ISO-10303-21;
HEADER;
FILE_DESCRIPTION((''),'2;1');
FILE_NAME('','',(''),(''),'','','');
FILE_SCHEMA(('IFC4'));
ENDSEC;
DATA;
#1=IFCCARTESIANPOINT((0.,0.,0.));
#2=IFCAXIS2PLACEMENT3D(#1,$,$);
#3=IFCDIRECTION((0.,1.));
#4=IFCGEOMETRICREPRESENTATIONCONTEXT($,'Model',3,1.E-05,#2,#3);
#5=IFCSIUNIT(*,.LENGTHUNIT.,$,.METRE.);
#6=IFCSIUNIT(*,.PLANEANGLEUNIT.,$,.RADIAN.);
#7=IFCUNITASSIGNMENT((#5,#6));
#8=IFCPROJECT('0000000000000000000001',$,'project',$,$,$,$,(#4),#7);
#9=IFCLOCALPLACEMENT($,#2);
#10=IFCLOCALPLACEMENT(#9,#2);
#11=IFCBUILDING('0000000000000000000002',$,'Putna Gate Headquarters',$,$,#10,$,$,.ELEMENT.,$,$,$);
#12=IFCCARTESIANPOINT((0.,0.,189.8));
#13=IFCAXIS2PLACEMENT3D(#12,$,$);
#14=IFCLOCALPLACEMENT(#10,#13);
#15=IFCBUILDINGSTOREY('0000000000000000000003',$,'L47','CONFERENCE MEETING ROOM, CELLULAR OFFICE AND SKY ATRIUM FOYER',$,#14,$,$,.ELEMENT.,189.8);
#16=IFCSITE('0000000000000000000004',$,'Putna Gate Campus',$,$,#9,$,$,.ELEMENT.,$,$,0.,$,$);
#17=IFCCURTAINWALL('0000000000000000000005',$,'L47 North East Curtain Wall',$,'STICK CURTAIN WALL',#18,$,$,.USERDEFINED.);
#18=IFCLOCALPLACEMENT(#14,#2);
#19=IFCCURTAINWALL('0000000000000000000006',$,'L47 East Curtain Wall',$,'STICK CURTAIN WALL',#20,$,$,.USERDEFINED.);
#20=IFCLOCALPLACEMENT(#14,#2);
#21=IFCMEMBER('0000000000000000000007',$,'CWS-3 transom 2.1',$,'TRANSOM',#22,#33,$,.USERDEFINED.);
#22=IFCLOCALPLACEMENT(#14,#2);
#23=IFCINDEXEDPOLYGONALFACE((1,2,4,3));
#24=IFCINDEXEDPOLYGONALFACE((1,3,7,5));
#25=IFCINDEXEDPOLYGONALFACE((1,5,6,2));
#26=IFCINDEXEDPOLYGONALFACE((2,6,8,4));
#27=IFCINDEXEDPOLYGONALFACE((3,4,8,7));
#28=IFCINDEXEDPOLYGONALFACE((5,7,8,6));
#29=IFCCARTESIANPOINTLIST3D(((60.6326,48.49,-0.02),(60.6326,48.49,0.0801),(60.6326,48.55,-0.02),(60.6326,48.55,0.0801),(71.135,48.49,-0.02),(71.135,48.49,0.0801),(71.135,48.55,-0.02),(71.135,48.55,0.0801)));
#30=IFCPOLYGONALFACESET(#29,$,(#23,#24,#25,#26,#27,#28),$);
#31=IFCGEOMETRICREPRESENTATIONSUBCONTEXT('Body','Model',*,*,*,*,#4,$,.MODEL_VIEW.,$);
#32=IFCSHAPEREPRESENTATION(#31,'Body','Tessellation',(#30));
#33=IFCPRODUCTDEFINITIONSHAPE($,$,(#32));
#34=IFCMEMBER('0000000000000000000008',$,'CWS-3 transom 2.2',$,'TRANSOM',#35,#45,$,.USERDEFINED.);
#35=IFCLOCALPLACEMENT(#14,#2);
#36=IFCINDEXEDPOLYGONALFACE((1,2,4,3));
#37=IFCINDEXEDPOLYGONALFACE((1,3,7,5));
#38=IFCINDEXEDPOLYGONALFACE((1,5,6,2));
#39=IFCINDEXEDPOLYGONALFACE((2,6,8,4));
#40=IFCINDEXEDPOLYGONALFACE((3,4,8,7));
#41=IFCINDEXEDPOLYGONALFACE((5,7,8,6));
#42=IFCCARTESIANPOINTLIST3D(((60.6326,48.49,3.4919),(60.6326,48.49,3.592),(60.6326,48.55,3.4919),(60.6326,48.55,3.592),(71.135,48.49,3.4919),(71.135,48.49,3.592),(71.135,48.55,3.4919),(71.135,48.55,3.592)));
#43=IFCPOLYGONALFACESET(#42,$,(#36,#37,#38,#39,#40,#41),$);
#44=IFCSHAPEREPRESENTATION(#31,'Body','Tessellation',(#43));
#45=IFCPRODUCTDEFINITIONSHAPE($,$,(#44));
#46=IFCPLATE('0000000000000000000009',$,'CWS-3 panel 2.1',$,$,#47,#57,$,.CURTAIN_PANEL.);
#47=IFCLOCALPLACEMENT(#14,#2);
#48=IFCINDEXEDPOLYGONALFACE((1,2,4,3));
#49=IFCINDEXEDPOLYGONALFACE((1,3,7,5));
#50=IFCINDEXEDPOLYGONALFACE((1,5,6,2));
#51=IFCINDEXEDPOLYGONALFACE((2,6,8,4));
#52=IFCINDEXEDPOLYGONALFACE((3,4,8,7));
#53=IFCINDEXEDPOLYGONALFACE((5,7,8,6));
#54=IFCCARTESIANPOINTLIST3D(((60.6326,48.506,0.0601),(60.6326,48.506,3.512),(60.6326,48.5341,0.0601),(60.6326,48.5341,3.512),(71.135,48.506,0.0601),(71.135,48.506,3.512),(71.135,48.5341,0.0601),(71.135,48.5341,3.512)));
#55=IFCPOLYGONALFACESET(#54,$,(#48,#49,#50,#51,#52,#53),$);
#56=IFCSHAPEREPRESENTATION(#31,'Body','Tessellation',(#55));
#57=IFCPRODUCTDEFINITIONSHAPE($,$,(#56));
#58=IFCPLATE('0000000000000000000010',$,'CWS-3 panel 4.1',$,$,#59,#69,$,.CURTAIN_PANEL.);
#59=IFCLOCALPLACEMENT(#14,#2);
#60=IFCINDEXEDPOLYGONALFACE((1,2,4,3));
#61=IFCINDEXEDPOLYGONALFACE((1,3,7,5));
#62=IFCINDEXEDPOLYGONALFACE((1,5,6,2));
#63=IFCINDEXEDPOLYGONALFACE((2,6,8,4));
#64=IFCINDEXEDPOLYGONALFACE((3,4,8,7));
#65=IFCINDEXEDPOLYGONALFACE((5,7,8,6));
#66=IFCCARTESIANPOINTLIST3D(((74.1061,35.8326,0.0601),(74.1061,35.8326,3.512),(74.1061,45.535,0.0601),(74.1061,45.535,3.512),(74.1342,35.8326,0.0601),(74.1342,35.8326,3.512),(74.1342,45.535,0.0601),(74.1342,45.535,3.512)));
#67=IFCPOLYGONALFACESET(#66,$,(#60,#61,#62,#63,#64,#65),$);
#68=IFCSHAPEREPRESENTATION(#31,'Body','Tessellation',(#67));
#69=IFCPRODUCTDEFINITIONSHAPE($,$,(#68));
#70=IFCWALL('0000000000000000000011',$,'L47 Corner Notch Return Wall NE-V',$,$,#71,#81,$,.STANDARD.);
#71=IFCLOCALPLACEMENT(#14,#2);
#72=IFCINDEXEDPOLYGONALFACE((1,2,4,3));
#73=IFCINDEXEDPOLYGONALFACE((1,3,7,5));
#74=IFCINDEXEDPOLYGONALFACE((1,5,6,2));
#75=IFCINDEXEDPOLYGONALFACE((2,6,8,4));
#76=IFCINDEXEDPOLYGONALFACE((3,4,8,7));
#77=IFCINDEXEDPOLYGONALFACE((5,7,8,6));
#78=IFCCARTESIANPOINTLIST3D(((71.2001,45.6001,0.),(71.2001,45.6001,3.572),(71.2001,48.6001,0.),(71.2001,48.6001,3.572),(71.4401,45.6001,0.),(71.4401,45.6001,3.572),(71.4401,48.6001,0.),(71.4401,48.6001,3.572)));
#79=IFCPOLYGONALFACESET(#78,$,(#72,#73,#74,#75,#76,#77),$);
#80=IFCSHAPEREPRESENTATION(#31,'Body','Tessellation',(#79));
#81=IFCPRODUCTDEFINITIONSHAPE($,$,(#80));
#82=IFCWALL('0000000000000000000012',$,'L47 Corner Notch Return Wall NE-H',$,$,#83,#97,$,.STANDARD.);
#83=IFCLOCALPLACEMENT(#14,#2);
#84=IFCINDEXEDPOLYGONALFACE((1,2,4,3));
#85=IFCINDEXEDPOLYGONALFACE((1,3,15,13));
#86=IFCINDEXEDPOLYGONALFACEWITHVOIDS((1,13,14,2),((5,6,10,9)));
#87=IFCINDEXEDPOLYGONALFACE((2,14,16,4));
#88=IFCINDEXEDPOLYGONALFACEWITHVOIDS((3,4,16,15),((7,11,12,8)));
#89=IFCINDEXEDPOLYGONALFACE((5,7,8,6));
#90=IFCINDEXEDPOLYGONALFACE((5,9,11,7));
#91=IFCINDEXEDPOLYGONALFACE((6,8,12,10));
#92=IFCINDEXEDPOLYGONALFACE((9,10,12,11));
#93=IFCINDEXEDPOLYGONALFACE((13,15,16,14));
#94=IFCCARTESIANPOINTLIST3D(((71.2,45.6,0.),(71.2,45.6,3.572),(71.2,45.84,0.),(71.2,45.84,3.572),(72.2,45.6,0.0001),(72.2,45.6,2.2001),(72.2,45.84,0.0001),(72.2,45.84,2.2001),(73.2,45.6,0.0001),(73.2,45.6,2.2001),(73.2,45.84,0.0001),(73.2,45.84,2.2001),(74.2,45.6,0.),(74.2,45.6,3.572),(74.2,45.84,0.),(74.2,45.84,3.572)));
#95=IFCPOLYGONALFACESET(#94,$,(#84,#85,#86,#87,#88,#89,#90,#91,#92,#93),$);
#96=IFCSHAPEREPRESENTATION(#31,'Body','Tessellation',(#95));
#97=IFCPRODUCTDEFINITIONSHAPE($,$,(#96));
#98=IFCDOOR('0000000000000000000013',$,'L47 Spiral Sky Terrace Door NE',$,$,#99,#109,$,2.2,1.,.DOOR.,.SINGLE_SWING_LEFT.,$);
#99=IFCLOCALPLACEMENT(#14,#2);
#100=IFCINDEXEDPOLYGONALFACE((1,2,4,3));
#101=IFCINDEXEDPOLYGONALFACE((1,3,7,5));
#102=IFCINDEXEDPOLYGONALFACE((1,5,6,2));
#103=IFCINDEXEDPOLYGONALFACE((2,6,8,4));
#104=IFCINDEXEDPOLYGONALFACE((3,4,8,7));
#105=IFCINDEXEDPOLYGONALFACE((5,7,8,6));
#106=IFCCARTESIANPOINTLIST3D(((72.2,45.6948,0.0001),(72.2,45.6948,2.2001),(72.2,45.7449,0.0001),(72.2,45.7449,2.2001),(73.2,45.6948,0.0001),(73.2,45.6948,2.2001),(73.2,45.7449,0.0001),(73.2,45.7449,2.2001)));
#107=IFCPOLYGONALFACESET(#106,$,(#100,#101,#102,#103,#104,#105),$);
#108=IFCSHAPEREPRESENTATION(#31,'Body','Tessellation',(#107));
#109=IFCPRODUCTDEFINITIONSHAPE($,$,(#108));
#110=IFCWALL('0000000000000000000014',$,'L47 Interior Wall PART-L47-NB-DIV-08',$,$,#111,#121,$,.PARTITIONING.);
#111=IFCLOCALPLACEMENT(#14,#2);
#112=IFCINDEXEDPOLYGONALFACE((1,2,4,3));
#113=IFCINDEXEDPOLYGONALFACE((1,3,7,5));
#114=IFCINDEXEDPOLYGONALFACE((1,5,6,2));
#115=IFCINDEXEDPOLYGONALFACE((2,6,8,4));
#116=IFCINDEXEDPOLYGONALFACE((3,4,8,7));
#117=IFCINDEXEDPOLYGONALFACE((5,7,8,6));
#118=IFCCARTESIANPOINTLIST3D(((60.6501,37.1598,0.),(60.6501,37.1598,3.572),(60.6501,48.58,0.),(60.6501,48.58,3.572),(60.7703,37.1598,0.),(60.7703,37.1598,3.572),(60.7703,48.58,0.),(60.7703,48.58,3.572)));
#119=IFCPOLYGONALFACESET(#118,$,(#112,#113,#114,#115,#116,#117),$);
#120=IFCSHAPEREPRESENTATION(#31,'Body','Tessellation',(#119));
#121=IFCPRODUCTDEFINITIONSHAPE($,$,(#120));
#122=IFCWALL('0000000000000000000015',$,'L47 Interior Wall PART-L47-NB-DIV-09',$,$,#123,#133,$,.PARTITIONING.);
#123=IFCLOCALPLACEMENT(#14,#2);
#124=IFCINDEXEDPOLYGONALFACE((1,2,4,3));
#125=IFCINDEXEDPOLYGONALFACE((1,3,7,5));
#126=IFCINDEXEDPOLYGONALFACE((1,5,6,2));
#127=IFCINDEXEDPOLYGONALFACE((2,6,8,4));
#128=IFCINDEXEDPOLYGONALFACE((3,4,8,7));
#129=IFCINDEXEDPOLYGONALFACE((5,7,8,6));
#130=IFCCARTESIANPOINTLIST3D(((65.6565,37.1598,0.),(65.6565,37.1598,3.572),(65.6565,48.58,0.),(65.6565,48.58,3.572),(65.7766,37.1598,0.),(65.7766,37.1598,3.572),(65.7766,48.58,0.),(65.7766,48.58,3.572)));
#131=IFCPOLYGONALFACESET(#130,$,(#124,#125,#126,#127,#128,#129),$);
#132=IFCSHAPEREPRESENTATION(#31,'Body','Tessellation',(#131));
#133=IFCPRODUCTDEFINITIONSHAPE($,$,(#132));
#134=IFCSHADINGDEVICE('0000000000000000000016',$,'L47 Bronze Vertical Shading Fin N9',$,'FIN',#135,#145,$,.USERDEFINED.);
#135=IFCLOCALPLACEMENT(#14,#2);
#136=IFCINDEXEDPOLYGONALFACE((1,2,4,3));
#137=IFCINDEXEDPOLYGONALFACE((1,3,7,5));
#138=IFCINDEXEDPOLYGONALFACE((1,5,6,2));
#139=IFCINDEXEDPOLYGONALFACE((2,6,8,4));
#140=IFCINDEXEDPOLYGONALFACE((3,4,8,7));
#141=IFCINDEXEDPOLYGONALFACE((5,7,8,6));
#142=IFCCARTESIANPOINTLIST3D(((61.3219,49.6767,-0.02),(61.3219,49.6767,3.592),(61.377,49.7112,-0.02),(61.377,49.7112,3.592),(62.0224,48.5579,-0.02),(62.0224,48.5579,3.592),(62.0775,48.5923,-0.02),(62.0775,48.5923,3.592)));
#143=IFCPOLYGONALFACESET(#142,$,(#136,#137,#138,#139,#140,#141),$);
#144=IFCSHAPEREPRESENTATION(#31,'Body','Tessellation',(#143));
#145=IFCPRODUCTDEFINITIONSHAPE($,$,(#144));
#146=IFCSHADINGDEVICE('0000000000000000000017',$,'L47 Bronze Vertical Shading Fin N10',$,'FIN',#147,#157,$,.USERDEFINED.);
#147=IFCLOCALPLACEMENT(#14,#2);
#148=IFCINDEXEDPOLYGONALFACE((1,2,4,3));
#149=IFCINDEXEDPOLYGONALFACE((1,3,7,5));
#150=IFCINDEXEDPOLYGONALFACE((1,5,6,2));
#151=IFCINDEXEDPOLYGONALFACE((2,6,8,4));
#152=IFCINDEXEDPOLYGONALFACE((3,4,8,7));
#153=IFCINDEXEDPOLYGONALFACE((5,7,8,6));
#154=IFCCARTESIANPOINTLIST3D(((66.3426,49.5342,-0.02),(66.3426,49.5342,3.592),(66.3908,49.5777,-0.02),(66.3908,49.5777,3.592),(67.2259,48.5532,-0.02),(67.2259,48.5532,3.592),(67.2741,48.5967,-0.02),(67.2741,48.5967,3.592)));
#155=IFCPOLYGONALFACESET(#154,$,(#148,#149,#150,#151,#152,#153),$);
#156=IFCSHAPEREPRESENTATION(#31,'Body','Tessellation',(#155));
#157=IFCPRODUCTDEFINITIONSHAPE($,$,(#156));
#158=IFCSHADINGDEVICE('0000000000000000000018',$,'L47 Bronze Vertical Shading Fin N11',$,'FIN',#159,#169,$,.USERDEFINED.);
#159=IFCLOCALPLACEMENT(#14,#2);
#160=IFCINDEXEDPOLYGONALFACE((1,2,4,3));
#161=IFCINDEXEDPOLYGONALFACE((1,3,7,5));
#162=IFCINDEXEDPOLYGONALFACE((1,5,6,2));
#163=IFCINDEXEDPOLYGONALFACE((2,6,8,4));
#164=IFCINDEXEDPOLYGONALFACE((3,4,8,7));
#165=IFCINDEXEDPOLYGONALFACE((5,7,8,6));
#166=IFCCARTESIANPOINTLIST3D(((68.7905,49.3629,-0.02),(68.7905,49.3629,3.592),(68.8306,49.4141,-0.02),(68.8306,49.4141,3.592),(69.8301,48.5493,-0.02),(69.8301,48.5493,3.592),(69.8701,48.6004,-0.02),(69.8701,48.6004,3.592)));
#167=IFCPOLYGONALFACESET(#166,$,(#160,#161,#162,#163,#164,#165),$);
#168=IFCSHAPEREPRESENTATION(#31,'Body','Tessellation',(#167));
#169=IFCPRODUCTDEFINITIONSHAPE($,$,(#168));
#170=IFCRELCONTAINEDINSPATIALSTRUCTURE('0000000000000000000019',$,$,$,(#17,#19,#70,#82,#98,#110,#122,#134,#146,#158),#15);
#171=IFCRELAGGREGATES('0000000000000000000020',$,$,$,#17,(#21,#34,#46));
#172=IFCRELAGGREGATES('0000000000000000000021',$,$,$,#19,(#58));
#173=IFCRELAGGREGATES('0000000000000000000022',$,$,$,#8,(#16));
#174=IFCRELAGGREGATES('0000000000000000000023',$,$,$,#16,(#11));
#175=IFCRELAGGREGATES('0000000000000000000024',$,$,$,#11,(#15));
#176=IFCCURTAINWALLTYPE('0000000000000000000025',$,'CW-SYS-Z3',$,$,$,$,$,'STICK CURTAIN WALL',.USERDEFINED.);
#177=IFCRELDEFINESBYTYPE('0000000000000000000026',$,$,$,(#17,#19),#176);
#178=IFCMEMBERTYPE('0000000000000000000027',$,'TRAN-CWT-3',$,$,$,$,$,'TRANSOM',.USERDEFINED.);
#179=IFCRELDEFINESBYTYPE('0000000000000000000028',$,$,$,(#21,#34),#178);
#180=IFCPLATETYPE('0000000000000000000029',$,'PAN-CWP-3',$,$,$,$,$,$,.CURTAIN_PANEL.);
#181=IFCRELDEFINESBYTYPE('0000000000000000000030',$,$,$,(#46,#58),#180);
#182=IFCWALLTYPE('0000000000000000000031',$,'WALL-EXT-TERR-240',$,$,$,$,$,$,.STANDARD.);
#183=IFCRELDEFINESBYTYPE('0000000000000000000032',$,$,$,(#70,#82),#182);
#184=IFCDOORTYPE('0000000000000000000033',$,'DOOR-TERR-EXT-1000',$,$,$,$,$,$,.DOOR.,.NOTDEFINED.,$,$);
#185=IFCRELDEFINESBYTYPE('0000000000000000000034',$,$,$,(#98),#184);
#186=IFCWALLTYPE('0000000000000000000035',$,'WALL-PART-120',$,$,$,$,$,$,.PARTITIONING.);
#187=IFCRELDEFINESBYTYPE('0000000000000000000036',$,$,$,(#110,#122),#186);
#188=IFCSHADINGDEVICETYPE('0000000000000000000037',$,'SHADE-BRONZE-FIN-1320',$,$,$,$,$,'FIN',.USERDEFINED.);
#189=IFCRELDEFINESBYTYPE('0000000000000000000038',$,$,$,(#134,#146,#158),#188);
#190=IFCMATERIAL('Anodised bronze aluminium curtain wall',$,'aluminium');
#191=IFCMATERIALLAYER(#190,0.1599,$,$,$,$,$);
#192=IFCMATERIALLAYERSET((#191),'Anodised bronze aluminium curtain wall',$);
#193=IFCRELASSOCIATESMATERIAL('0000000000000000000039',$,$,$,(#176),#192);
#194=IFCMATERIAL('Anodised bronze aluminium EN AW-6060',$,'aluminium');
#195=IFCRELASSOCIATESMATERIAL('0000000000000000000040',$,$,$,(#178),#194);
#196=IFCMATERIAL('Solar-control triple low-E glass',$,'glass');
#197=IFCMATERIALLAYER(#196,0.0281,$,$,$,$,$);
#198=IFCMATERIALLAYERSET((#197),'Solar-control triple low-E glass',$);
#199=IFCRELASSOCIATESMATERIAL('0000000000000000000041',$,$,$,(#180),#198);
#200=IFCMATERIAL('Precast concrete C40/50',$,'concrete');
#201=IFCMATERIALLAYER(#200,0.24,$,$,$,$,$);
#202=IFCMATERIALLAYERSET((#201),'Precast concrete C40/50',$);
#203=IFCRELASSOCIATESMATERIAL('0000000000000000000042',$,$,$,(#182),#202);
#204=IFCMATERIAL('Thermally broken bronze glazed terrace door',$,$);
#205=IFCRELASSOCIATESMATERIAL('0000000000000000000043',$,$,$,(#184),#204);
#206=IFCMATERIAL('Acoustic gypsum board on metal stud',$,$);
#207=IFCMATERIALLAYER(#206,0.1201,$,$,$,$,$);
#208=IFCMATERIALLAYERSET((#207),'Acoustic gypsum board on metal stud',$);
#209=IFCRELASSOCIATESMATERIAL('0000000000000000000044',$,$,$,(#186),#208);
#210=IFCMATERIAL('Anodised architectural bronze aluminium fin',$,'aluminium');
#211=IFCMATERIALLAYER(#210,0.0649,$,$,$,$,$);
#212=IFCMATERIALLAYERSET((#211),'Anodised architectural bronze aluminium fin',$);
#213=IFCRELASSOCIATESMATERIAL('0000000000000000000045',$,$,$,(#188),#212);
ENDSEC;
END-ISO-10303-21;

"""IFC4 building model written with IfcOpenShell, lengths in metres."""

from ifc_helpers import new_model, si_unit, direction, frame, frame_2d, origin, origin_2d, place, context, subcontext, project, spatial, rectangle, extrude, material, layer, layer_set, material_profile, profile_set, type_object, element, fill, aggregate, save


model = new_model("IFC4")

# Units and contexts
model_context = context("Model", 3, precision=1e-05, world=origin(), true_north=direction((0.0, 1.0)))
body_context = subcontext(model_context, "Body", "Model", "MODEL_VIEW")
ifc_project = project(units=[si_unit("LENGTHUNIT", "METRE"), si_unit("PLANEANGLEUNIT", "RADIAN")], contexts=[model_context])

# Site, building, storey
site_placement = place(None, origin())
site = spatial("IfcSite", under=ifc_project, at=site_placement, Name="Putna Gate Campus", CompositionType="ELEMENT", RefElevation=0.0)
building_placement = place(site_placement, origin())
building = spatial("IfcBuilding", under=site, at=building_placement, Name="Putna Gate Headquarters", CompositionType="ELEMENT")
storey_placement = place(building_placement, frame((0.0, 0.0, 189.8)))
storey = spatial("IfcBuildingStorey", under=building, at=storey_placement, Name="L47", Description="CONFERENCE MEETING ROOM, CELLULAR OFFICE AND SKY ATRIUM FOYER", CompositionType="ELEMENT", Elevation=189.8)

# Curtain wall
ifc_material_1 = material(Name="Anodised bronze aluminium curtain wall", Category="aluminium")
ifc_layer_1 = layer(ifc_material_1, 0.1599)
ifc_layer_set_1 = layer_set([ifc_layer_1], Name="Anodised bronze aluminium curtain wall")
curtain_wall_type = type_object("IfcCurtainWallType", Name="CW-SYS-Z3", ElementType="STICK CURTAIN WALL", PredefinedType="USERDEFINED", material=ifc_layer_set_1)
curtain_wall_1_placement = place(storey_placement, origin())
curtain_wall_1 = element("IfcCurtainWall", 1, at=curtain_wall_1_placement, inside=storey, type_object=curtain_wall_type, Name="L47 North East Curtain Wall", ObjectType="STICK CURTAIN WALL", PredefinedType="USERDEFINED")
ifc_material_2 = material(Name="Anodised bronze aluminium EN AW-6060", Category="aluminium")

# Curtain wall
curtain_wall_2_placement = place(storey_placement, origin())
curtain_wall_2 = element("IfcCurtainWall", 2, at=curtain_wall_2_placement, inside=storey, type_object=curtain_wall_type, Name="L47 East Curtain Wall", ObjectType="STICK CURTAIN WALL", PredefinedType="USERDEFINED")

# Members
ifc_material_profile_1 = material_profile(ifc_material_2, rectangle(XDim=0.0601, YDim=0.1001, at=origin_2d()), Name="Anodised bronze aluminium EN AW-6060")
ifc_profile_set_1 = profile_set([ifc_material_profile_1], Name="Anodised bronze aluminium EN AW-6060")
member_type_1 = type_object("IfcMemberType", Name="TRAN-CWT-3", ElementType="TRANSOM", PredefinedType="USERDEFINED", material=ifc_profile_set_1)
member_1_placement = place(storey_placement, frame((60.6326, 48.52, 0.03), z_axis=(1.0, 0.0, 0.0), x_axis=(0.0, 1.0, 0.0)))
member_1 = element("IfcMember", 3, at=member_1_placement, type_object=member_type_1, Name="CWS-3 transom 2.1", ObjectType="TRANSOM", PredefinedType="USERDEFINED", context=body_context, shape_type="SweptSolid", body=[
    extrude(rectangle(XDim=0.0601, YDim=0.1001, at=origin_2d()), origin(), (0.0, 0.0, 1.0), 10.5024),
])
member_2_placement = place(storey_placement, frame((60.6326, 48.52, 3.542), z_axis=(1.0, 0.0, 0.0), x_axis=(0.0, 1.0, 0.0)))
member_2 = element("IfcMember", 4, at=member_2_placement, type_object=member_type_1, Name="CWS-3 transom 2.2", ObjectType="TRANSOM", PredefinedType="USERDEFINED", context=body_context, shape_type="SweptSolid", body=[
    extrude(rectangle(XDim=0.0601, YDim=0.1001, at=origin_2d()), origin(), (0.0, 0.0, 1.0), 10.5024),
])

# Plates
ifc_material_3 = material(Name="Solar-control triple low-E glass", Category="glass")
ifc_layer_2 = layer(ifc_material_3, 0.0281)
ifc_layer_set_2 = layer_set([ifc_layer_2], Name="Solar-control triple low-E glass")
plate_type = type_object("IfcPlateType", Name="PAN-CWP-3", PredefinedType="CURTAIN_PANEL", material=ifc_layer_set_2)
plate_1_placement = place(storey_placement, frame((65.8838, 48.52, 0.0601), z_axis=(0.0, 0.0, 1.0), x_axis=(1.0, 0.0, 0.0)))
plate_1 = element("IfcPlate", 5, at=plate_1_placement, type_object=plate_type, Name="CWS-3 panel 2.1", PredefinedType="CURTAIN_PANEL", context=body_context, shape_type="SweptSolid", body=[
    extrude(rectangle(XDim=10.5024, YDim=0.0281, at=origin_2d()), origin(), (0.0, 0.0, 1.0), 3.4519),
])
aggregate(curtain_wall_1, [member_1, member_2, plate_1])
plate_2_placement = place(storey_placement, frame((74.1201, 40.6838, 0.0601), z_axis=(0.0, 0.0, 1.0), x_axis=(0.0, 1.0, 0.0)))
plate_2 = element("IfcPlate", 6, at=plate_2_placement, type_object=plate_type, Name="CWS-3 panel 4.1", PredefinedType="CURTAIN_PANEL", context=body_context, shape_type="SweptSolid", body=[
    extrude(rectangle(XDim=9.7024, YDim=0.0281, at=origin_2d()), origin(), (0.0, 0.0, 1.0), 3.4519),
])
aggregate(curtain_wall_2, [plate_2])

# Wall
ifc_material_4 = material(Name="Precast concrete C40/50", Category="concrete")
ifc_layer_3 = layer(ifc_material_4, 0.24)
ifc_layer_set_3 = layer_set([ifc_layer_3], Name="Precast concrete C40/50")
wall_type_1 = type_object("IfcWallType", Name="WALL-EXT-TERR-240", PredefinedType="STANDARD", material=ifc_layer_set_3)
wall_1_placement = place(storey_placement, frame((71.3201, 48.6001, 0.0), z_axis=(0.0, 0.0, 1.0), x_axis=(0.0, -1.0, 0.0)))
element("IfcWall", 7, at=wall_1_placement, inside=storey, type_object=wall_type_1, Name="L47 Corner Notch Return Wall NE-V", PredefinedType="STANDARD", context=body_context, shape_type="SweptSolid", body=[
    extrude(rectangle(XDim=3.0, YDim=0.24, at=frame_2d((1.5, 0.0))), origin(), (0.0, 0.0, 1.0), 3.572),
])

# Wall, opening, door
wall_2_placement = place(storey_placement, frame((71.2, 45.72, 0.0), z_axis=(0.0, 0.0, 1.0), x_axis=(1.0, 0.0, 0.0)))
wall_2 = element("IfcWall", 8, at=wall_2_placement, inside=storey, type_object=wall_type_1, Name="L47 Corner Notch Return Wall NE-H", PredefinedType="STANDARD", context=body_context, shape_type="SweptSolid", body=[
    extrude(rectangle(XDim=3.0, YDim=0.24, at=frame_2d((1.5, 0.0))), origin(), (0.0, 0.0, 1.0), 3.572),
])
opening_placement = place(wall_2_placement, frame((1.0, 0.0, 0.0)))
opening = element("IfcOpeningElement", 9, at=opening_placement, cuts=wall_2, PredefinedType="OPENING", context=body_context, shape_type="SweptSolid", body=[
    extrude(rectangle(XDim=1.0, YDim=2.2, at=frame_2d((0.5, 1.1001))), frame((0.0, 0.1299, 0.0), z_axis=(0.0, -1.0, 0.0), x_axis=(1.0, 0.0, 0.0)), (0.0, 0.0, 1.0), 0.26),
])
ifc_material_5 = material(Name="Thermally broken bronze glazed terrace door")
door_type = type_object("IfcDoorType", Name="DOOR-TERR-EXT-1000", OperationType="NOTDEFINED", PredefinedType="DOOR", material=ifc_material_5)
door_placement = place(opening_placement, origin())
door = element("IfcDoor", 10, at=door_placement, inside=storey, type_object=door_type, Name="L47 Spiral Sky Terrace Door NE", OperationType="SINGLE_SWING_LEFT", OverallHeight=2.2, OverallWidth=1.0, PredefinedType="DOOR", context=body_context, shape_type="SweptSolid", body=[
    extrude(rectangle(XDim=1.0, YDim=2.2, at=frame_2d((0.5, 1.1001))), frame((0.0, 0.0249, 0.0), z_axis=(0.0, -1.0, 0.0), x_axis=(1.0, 0.0, 0.0)), (0.0, 0.0, 1.0), 0.05),
])
fill(opening, door)

# Walls
ifc_material_6 = material(Name="Acoustic gypsum board on metal stud")
ifc_layer_4 = layer(ifc_material_6, 0.1201)
ifc_layer_set_4 = layer_set([ifc_layer_4], Name="Acoustic gypsum board on metal stud")
wall_type_2 = type_object("IfcWallType", Name="WALL-PART-120", PredefinedType="PARTITIONING", material=ifc_layer_set_4)
for number, where, z_axis, x_axis, name in (
    (11, (60.7102, 37.1599, 0.0), (0.0, 0.0, 1.0), (0.0, 1.0, 0.0), "L47 Interior Wall PART-L47-NB-DIV-08"),
    (12, (65.7166, 37.1599, 0.0), (0.0, 0.0, 1.0), (0.0, 1.0, 0.0), "L47 Interior Wall PART-L47-NB-DIV-09"),
):
    element("IfcWall", number, at=place(storey_placement, frame(where, z_axis=z_axis, x_axis=x_axis)), inside=storey, type_object=wall_type_2, Name=name, PredefinedType="PARTITIONING", context=body_context, shape_type="SweptSolid", body=[
        extrude(rectangle(XDim=11.4202, YDim=0.1201, at=frame_2d((5.71, 0.0))), origin(), (0.0, 0.0, 1.0), 3.572),
    ])

# Shading devices
ifc_material_7 = material(Name="Anodised architectural bronze aluminium fin", Category="aluminium")
ifc_layer_5 = layer(ifc_material_7, 0.0649)
ifc_layer_set_5 = layer_set([ifc_layer_5], Name="Anodised architectural bronze aluminium fin")
shading_device_type = type_object("IfcShadingDeviceType", Name="SHADE-BRONZE-FIN-1320", ElementType="FIN", PredefinedType="USERDEFINED", material=ifc_layer_set_5)
for number, where, z_axis, x_axis, name in (
    (13, (61.6997, 49.1345, -0.02), (0.0, 0.0, 1.0), (-0.530659, 0.847585, 0.0), "L47 Bronze Vertical Shading Fin N9"),
    (14, (66.8083, 49.0654, -0.02), (0.0, 0.0, 1.0), (-0.669131, 0.743145, 0.0), "L47 Bronze Vertical Shading Fin N10"),
    (15, (69.3303, 48.9817, -0.02), (0.0, 0.0, 1.0), (-0.787473, 0.616349, 0.0), "L47 Bronze Vertical Shading Fin N11"),
):
    element("IfcShadingDevice", number, at=place(storey_placement, frame(where, z_axis=z_axis, x_axis=x_axis)), inside=storey, type_object=shading_device_type, Name=name, ObjectType="FIN", PredefinedType="USERDEFINED", context=body_context, shape_type="SweptSolid", body=[
        extrude(rectangle(XDim=1.3201, YDim=0.0649, at=origin_2d()), origin(), (0.0, 0.0, 1.0), 3.6121),
    ])

save(model, "model.ifc")
